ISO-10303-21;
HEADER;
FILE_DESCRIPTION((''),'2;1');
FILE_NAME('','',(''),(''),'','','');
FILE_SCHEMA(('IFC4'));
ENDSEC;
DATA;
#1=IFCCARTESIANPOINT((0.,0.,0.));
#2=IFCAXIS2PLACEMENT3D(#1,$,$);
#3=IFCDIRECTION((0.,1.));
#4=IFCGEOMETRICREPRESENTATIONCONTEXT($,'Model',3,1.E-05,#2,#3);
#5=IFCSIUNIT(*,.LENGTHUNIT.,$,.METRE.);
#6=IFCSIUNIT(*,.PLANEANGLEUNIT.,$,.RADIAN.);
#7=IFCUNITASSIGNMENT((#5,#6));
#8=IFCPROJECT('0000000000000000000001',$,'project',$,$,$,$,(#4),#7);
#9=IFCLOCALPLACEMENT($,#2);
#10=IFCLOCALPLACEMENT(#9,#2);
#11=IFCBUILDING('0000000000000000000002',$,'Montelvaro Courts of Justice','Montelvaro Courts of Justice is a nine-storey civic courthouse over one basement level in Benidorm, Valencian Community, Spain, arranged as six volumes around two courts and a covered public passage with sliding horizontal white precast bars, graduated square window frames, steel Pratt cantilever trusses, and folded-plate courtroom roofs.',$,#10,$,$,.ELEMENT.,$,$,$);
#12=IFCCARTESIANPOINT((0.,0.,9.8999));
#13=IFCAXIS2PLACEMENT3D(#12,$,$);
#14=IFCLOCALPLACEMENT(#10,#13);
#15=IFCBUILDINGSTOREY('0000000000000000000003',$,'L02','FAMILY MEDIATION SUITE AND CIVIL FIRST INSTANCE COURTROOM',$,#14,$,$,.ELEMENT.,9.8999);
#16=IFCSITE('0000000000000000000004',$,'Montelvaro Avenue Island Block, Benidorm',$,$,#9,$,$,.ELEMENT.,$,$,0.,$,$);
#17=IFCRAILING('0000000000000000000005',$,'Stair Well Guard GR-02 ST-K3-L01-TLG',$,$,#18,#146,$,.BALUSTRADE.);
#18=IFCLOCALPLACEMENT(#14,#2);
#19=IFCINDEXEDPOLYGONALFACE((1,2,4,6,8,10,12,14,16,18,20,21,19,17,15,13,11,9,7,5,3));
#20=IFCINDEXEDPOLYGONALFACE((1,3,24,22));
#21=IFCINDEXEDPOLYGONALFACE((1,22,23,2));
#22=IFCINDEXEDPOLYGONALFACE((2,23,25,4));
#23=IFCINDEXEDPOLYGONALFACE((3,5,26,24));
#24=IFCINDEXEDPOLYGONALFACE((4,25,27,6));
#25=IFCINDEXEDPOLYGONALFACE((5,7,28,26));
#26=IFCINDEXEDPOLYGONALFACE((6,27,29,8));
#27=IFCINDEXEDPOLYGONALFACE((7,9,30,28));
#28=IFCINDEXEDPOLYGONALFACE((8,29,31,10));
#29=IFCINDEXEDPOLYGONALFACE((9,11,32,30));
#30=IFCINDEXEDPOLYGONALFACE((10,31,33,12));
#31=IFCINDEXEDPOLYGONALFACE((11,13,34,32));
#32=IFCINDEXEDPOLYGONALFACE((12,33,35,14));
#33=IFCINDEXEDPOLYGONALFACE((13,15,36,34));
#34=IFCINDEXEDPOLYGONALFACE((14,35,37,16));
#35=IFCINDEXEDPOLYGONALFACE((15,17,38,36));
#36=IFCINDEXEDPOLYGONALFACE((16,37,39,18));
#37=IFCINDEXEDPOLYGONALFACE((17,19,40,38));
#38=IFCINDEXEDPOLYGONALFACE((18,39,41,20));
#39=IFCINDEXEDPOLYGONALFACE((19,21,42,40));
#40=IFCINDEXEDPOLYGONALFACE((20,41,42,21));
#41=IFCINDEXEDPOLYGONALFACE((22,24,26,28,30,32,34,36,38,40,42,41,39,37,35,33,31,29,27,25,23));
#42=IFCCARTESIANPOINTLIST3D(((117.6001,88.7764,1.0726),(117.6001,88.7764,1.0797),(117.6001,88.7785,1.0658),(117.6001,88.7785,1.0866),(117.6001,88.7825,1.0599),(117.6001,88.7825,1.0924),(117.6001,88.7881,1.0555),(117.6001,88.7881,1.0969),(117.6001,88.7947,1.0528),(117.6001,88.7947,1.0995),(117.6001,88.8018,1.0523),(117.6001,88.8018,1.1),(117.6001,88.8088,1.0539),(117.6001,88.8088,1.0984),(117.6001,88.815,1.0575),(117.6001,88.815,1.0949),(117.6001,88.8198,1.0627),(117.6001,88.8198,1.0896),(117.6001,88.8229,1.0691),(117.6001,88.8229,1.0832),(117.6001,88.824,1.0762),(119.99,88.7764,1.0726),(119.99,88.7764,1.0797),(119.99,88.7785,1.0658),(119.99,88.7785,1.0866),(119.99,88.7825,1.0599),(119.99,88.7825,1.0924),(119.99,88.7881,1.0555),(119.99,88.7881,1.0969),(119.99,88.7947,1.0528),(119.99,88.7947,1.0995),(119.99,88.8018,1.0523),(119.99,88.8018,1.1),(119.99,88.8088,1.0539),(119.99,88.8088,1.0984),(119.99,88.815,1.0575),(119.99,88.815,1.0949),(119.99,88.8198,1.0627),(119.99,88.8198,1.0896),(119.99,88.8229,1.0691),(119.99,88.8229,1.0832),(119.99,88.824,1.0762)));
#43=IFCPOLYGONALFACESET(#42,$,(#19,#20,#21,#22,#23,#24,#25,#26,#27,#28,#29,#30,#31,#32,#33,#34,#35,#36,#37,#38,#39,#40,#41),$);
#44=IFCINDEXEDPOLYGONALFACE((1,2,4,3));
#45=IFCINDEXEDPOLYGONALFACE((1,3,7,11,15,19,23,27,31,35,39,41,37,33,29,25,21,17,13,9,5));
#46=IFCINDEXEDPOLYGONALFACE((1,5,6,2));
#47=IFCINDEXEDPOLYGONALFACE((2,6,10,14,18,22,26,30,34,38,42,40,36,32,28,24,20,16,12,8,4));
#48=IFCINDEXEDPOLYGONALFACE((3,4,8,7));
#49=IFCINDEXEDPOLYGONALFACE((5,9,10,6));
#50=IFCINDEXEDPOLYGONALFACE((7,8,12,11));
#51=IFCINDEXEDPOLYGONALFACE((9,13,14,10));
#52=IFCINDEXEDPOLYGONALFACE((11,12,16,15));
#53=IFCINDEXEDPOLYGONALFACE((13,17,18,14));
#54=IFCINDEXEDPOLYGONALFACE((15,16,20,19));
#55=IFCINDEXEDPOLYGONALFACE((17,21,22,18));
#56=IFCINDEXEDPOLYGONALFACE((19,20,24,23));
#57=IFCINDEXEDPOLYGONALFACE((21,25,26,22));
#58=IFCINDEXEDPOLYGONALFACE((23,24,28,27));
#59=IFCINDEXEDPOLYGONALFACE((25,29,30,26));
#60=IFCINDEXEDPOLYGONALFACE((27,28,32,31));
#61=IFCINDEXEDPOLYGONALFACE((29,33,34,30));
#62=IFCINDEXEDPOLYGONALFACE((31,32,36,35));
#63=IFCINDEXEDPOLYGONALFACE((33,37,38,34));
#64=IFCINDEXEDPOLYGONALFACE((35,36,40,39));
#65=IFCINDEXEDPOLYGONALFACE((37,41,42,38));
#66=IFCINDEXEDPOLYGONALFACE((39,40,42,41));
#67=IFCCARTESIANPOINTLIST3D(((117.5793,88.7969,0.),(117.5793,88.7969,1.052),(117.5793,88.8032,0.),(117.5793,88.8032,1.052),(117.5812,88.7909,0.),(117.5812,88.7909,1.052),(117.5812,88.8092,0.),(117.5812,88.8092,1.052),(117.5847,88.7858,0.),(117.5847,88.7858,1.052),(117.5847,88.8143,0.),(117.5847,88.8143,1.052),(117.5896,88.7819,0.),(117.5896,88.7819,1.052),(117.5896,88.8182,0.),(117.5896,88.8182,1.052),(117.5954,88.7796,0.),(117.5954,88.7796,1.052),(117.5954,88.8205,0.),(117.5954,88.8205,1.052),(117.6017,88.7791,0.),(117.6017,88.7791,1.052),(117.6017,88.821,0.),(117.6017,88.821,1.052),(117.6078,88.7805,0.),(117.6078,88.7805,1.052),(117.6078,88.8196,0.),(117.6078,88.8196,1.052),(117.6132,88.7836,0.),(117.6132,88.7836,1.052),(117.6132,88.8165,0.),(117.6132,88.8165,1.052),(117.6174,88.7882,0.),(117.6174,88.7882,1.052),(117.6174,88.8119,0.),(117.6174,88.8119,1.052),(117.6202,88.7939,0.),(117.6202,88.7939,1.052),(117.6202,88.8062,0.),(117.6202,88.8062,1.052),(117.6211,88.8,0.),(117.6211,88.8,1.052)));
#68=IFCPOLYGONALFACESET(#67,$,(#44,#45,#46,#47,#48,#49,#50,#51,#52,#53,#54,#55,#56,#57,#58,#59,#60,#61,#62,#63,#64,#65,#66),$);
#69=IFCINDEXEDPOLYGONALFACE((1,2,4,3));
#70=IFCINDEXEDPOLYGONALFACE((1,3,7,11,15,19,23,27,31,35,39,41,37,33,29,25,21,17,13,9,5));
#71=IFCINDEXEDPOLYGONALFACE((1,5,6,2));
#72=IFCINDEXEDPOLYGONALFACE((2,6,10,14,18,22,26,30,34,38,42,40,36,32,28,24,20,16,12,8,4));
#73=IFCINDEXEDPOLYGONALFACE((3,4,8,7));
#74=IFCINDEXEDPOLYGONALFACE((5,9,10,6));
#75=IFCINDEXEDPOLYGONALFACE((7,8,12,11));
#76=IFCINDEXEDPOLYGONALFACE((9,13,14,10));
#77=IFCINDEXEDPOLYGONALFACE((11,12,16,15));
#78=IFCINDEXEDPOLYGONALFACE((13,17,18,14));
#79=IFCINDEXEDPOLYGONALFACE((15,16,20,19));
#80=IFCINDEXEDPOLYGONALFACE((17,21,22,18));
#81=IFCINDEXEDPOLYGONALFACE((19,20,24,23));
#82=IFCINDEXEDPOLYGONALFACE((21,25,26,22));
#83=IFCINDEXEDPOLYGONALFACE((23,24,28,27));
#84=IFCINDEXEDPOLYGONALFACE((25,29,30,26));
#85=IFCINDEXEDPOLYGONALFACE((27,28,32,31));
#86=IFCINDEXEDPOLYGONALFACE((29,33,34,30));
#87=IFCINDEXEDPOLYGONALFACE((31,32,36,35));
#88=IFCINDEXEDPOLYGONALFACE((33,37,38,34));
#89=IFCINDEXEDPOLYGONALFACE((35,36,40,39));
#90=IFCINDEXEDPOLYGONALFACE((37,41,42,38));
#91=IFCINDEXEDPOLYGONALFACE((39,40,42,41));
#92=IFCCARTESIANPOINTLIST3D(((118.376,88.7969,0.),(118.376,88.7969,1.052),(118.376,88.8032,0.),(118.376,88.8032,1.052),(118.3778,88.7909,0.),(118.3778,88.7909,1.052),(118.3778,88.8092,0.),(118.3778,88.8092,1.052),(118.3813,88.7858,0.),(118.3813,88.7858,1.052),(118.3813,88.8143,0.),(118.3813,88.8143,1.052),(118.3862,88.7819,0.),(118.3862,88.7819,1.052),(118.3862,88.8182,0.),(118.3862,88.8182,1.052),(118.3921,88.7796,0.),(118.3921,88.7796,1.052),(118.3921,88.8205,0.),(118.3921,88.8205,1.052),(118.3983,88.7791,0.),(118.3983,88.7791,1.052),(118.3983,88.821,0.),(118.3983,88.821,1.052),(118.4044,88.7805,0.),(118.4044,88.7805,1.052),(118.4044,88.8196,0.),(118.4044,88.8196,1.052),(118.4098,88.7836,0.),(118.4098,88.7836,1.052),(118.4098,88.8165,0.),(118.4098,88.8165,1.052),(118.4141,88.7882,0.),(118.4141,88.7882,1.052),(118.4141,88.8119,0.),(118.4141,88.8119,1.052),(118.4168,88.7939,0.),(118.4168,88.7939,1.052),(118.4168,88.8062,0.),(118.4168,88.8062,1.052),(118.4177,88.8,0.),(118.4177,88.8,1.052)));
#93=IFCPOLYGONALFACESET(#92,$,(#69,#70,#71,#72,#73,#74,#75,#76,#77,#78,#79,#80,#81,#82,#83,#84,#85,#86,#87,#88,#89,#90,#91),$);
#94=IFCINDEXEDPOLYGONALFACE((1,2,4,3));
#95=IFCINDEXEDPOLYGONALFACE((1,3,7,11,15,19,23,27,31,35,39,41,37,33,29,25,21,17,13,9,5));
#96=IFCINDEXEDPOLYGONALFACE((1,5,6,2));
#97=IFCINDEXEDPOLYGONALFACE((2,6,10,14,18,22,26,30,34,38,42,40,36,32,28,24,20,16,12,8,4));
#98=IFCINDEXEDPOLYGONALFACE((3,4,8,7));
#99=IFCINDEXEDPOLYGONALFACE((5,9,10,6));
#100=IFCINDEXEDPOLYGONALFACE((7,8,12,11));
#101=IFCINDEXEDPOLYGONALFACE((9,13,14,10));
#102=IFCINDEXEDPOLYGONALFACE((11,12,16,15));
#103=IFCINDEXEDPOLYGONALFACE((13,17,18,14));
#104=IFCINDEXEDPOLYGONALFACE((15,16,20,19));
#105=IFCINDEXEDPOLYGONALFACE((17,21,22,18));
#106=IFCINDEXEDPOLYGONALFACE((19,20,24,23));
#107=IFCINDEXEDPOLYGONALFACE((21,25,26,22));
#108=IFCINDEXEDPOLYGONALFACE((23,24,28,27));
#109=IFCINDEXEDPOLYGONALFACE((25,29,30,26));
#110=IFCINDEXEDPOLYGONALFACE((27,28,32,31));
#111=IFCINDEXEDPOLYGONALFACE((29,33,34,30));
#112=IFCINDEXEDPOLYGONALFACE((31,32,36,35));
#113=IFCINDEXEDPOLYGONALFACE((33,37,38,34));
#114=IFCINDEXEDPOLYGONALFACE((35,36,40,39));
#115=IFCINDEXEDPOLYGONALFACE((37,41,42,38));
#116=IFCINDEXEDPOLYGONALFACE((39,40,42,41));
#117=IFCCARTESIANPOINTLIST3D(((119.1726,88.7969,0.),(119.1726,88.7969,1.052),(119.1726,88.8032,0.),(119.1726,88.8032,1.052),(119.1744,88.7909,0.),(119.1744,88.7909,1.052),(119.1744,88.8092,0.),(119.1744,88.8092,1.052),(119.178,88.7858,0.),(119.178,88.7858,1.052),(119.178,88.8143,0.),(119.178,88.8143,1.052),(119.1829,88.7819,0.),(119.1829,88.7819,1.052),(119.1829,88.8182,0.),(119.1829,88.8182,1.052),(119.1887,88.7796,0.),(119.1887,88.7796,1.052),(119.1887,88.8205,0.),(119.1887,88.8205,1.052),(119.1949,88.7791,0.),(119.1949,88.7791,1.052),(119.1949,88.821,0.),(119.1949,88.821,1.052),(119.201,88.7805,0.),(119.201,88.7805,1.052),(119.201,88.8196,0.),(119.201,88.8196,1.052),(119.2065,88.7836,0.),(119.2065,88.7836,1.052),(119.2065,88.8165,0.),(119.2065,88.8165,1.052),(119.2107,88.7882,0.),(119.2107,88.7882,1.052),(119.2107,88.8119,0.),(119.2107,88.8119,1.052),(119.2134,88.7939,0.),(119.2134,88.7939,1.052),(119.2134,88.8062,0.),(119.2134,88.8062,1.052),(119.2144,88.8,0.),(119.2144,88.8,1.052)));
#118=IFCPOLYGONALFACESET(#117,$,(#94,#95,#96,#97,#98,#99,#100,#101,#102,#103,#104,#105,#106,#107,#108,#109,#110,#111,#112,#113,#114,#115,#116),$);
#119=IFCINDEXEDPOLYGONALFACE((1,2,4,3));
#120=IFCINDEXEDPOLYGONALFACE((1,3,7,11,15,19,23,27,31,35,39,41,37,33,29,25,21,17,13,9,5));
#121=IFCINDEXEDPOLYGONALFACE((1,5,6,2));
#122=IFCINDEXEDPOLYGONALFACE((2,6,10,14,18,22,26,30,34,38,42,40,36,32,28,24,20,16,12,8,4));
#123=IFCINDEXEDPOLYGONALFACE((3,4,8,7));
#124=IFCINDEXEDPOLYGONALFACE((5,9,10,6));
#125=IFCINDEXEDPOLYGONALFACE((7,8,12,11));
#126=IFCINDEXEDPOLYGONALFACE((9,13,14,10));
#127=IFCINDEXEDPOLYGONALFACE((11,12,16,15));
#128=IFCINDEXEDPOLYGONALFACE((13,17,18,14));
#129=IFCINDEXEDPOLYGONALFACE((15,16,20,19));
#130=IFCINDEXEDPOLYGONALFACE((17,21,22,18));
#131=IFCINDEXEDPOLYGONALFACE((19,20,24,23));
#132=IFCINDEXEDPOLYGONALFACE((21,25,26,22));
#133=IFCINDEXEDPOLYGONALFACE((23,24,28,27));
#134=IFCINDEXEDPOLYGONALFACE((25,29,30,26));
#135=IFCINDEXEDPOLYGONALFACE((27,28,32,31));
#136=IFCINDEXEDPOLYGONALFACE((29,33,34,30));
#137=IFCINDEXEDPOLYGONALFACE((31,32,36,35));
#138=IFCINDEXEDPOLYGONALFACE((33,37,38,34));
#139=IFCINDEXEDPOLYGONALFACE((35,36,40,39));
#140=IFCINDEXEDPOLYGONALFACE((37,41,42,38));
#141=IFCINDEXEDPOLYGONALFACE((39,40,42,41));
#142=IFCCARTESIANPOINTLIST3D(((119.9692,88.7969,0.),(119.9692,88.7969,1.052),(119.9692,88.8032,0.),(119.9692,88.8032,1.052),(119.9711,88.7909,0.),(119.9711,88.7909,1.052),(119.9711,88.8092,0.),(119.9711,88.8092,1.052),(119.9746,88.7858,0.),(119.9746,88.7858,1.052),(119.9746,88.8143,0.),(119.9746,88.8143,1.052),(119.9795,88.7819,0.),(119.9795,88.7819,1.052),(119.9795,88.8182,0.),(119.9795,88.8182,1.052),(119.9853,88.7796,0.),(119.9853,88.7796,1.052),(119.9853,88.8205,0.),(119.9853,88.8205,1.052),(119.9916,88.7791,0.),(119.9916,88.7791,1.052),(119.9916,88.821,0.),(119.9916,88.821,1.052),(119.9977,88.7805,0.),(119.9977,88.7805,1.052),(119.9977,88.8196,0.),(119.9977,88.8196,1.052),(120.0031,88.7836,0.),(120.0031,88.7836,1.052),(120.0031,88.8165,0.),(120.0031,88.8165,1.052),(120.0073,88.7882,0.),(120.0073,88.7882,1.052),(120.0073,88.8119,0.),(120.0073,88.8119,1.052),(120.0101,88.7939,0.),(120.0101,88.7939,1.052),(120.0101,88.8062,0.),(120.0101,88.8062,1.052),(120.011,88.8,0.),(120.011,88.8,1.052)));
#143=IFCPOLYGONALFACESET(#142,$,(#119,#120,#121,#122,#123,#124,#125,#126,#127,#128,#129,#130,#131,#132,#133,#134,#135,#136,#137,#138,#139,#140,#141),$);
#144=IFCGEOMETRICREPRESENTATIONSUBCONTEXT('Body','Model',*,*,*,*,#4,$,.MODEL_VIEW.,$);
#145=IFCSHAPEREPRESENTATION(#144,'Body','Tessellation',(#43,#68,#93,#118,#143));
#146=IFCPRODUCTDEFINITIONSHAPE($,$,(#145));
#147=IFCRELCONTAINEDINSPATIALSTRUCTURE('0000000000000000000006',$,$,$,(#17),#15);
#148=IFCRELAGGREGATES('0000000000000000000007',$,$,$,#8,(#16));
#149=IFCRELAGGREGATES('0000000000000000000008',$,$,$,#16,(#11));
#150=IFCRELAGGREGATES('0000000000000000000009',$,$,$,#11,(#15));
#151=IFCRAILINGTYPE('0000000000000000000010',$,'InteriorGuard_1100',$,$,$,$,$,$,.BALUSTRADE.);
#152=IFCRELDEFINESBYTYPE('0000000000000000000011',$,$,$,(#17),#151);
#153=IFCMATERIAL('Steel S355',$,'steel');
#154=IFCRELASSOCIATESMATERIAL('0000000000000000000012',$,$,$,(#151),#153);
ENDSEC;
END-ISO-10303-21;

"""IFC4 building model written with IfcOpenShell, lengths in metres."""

from ifc_helpers import new_model, si_unit, direction, frame, origin, origin_2d, place, context, subcontext, project, spatial, circle, extrude, material, type_object, element, save


model = new_model("IFC4")

# Units and contexts
model_context = context("Model", 3, precision=1e-05, world=origin(), true_north=direction((0.0, 1.0)))
body_context = subcontext(model_context, "Body", "Model", "MODEL_VIEW")
ifc_project = project(units=[si_unit("LENGTHUNIT", "METRE"), si_unit("PLANEANGLEUNIT", "RADIAN")], contexts=[model_context])

# Site, building, storey
site_placement = place(None, origin())
site = spatial("IfcSite", under=ifc_project, at=site_placement, Name="Montelvaro Avenue Island Block, Benidorm", CompositionType="ELEMENT", RefElevation=0.0)
building_placement = place(site_placement, origin())
building = spatial("IfcBuilding", under=site, at=building_placement, Name="Montelvaro Courts of Justice", Description="Montelvaro Courts of Justice is a nine-storey civic courthouse over one basement level in Benidorm, Valencian Community, Spain, arranged as six volumes around two courts and a covered public passage with sliding horizontal white precast bars, graduated square window frames, steel Pratt cantilever trusses, and folded-plate courtroom roofs.", CompositionType="ELEMENT")
storey_placement = place(building_placement, frame((0.0, 0.0, 9.8999)))
storey = spatial("IfcBuildingStorey", under=building, at=storey_placement, Name="L02", Description="FAMILY MEDIATION SUITE AND CIVIL FIRST INSTANCE COURTROOM", CompositionType="ELEMENT", Elevation=9.8999)

# Shared definitions
ifc_material_1 = material(Name="Steel S355", Category="steel")

# Railing
railing_type_1 = type_object("IfcRailingType", Name="InteriorGuard_1100", PredefinedType="BALUSTRADE", material=ifc_material_1)
railing_1_placement = place(storey_placement, frame((117.6001, 88.8, 0.0)))
element("IfcRailing", 1, at=railing_1_placement, inside=storey, type_object=railing_type_1, Name="Stair Well Guard GR-02 ST-K3-L01-TLG", PredefinedType="BALUSTRADE", context=body_context, shape_type="SweptSolid", body=[
    extrude(circle(Radius=0.0239, at=origin_2d()), frame((0.0, 0.0, 1.0762), z_axis=(1.0, 0.0, 0.0), x_axis=(0.0, 1.0, 0.0)), (0.0, 0.0, 1.0), 2.3899),
    extrude(circle(Radius=0.021, at=origin_2d()), origin(), (0.0, 0.0, 1.0), 1.052),
    extrude(circle(Radius=0.021, at=origin_2d()), frame((0.7966, 0.0, 0.0)), (0.0, 0.0, 1.0), 1.052),
    extrude(circle(Radius=0.021, at=origin_2d()), frame((1.5933, 0.0, 0.0)), (0.0, 0.0, 1.0), 1.052),
    extrude(circle(Radius=0.021, at=origin_2d()), frame((2.3899, 0.0, 0.0)), (0.0, 0.0, 1.0), 1.052),
])

save(model, "model.ifc")
